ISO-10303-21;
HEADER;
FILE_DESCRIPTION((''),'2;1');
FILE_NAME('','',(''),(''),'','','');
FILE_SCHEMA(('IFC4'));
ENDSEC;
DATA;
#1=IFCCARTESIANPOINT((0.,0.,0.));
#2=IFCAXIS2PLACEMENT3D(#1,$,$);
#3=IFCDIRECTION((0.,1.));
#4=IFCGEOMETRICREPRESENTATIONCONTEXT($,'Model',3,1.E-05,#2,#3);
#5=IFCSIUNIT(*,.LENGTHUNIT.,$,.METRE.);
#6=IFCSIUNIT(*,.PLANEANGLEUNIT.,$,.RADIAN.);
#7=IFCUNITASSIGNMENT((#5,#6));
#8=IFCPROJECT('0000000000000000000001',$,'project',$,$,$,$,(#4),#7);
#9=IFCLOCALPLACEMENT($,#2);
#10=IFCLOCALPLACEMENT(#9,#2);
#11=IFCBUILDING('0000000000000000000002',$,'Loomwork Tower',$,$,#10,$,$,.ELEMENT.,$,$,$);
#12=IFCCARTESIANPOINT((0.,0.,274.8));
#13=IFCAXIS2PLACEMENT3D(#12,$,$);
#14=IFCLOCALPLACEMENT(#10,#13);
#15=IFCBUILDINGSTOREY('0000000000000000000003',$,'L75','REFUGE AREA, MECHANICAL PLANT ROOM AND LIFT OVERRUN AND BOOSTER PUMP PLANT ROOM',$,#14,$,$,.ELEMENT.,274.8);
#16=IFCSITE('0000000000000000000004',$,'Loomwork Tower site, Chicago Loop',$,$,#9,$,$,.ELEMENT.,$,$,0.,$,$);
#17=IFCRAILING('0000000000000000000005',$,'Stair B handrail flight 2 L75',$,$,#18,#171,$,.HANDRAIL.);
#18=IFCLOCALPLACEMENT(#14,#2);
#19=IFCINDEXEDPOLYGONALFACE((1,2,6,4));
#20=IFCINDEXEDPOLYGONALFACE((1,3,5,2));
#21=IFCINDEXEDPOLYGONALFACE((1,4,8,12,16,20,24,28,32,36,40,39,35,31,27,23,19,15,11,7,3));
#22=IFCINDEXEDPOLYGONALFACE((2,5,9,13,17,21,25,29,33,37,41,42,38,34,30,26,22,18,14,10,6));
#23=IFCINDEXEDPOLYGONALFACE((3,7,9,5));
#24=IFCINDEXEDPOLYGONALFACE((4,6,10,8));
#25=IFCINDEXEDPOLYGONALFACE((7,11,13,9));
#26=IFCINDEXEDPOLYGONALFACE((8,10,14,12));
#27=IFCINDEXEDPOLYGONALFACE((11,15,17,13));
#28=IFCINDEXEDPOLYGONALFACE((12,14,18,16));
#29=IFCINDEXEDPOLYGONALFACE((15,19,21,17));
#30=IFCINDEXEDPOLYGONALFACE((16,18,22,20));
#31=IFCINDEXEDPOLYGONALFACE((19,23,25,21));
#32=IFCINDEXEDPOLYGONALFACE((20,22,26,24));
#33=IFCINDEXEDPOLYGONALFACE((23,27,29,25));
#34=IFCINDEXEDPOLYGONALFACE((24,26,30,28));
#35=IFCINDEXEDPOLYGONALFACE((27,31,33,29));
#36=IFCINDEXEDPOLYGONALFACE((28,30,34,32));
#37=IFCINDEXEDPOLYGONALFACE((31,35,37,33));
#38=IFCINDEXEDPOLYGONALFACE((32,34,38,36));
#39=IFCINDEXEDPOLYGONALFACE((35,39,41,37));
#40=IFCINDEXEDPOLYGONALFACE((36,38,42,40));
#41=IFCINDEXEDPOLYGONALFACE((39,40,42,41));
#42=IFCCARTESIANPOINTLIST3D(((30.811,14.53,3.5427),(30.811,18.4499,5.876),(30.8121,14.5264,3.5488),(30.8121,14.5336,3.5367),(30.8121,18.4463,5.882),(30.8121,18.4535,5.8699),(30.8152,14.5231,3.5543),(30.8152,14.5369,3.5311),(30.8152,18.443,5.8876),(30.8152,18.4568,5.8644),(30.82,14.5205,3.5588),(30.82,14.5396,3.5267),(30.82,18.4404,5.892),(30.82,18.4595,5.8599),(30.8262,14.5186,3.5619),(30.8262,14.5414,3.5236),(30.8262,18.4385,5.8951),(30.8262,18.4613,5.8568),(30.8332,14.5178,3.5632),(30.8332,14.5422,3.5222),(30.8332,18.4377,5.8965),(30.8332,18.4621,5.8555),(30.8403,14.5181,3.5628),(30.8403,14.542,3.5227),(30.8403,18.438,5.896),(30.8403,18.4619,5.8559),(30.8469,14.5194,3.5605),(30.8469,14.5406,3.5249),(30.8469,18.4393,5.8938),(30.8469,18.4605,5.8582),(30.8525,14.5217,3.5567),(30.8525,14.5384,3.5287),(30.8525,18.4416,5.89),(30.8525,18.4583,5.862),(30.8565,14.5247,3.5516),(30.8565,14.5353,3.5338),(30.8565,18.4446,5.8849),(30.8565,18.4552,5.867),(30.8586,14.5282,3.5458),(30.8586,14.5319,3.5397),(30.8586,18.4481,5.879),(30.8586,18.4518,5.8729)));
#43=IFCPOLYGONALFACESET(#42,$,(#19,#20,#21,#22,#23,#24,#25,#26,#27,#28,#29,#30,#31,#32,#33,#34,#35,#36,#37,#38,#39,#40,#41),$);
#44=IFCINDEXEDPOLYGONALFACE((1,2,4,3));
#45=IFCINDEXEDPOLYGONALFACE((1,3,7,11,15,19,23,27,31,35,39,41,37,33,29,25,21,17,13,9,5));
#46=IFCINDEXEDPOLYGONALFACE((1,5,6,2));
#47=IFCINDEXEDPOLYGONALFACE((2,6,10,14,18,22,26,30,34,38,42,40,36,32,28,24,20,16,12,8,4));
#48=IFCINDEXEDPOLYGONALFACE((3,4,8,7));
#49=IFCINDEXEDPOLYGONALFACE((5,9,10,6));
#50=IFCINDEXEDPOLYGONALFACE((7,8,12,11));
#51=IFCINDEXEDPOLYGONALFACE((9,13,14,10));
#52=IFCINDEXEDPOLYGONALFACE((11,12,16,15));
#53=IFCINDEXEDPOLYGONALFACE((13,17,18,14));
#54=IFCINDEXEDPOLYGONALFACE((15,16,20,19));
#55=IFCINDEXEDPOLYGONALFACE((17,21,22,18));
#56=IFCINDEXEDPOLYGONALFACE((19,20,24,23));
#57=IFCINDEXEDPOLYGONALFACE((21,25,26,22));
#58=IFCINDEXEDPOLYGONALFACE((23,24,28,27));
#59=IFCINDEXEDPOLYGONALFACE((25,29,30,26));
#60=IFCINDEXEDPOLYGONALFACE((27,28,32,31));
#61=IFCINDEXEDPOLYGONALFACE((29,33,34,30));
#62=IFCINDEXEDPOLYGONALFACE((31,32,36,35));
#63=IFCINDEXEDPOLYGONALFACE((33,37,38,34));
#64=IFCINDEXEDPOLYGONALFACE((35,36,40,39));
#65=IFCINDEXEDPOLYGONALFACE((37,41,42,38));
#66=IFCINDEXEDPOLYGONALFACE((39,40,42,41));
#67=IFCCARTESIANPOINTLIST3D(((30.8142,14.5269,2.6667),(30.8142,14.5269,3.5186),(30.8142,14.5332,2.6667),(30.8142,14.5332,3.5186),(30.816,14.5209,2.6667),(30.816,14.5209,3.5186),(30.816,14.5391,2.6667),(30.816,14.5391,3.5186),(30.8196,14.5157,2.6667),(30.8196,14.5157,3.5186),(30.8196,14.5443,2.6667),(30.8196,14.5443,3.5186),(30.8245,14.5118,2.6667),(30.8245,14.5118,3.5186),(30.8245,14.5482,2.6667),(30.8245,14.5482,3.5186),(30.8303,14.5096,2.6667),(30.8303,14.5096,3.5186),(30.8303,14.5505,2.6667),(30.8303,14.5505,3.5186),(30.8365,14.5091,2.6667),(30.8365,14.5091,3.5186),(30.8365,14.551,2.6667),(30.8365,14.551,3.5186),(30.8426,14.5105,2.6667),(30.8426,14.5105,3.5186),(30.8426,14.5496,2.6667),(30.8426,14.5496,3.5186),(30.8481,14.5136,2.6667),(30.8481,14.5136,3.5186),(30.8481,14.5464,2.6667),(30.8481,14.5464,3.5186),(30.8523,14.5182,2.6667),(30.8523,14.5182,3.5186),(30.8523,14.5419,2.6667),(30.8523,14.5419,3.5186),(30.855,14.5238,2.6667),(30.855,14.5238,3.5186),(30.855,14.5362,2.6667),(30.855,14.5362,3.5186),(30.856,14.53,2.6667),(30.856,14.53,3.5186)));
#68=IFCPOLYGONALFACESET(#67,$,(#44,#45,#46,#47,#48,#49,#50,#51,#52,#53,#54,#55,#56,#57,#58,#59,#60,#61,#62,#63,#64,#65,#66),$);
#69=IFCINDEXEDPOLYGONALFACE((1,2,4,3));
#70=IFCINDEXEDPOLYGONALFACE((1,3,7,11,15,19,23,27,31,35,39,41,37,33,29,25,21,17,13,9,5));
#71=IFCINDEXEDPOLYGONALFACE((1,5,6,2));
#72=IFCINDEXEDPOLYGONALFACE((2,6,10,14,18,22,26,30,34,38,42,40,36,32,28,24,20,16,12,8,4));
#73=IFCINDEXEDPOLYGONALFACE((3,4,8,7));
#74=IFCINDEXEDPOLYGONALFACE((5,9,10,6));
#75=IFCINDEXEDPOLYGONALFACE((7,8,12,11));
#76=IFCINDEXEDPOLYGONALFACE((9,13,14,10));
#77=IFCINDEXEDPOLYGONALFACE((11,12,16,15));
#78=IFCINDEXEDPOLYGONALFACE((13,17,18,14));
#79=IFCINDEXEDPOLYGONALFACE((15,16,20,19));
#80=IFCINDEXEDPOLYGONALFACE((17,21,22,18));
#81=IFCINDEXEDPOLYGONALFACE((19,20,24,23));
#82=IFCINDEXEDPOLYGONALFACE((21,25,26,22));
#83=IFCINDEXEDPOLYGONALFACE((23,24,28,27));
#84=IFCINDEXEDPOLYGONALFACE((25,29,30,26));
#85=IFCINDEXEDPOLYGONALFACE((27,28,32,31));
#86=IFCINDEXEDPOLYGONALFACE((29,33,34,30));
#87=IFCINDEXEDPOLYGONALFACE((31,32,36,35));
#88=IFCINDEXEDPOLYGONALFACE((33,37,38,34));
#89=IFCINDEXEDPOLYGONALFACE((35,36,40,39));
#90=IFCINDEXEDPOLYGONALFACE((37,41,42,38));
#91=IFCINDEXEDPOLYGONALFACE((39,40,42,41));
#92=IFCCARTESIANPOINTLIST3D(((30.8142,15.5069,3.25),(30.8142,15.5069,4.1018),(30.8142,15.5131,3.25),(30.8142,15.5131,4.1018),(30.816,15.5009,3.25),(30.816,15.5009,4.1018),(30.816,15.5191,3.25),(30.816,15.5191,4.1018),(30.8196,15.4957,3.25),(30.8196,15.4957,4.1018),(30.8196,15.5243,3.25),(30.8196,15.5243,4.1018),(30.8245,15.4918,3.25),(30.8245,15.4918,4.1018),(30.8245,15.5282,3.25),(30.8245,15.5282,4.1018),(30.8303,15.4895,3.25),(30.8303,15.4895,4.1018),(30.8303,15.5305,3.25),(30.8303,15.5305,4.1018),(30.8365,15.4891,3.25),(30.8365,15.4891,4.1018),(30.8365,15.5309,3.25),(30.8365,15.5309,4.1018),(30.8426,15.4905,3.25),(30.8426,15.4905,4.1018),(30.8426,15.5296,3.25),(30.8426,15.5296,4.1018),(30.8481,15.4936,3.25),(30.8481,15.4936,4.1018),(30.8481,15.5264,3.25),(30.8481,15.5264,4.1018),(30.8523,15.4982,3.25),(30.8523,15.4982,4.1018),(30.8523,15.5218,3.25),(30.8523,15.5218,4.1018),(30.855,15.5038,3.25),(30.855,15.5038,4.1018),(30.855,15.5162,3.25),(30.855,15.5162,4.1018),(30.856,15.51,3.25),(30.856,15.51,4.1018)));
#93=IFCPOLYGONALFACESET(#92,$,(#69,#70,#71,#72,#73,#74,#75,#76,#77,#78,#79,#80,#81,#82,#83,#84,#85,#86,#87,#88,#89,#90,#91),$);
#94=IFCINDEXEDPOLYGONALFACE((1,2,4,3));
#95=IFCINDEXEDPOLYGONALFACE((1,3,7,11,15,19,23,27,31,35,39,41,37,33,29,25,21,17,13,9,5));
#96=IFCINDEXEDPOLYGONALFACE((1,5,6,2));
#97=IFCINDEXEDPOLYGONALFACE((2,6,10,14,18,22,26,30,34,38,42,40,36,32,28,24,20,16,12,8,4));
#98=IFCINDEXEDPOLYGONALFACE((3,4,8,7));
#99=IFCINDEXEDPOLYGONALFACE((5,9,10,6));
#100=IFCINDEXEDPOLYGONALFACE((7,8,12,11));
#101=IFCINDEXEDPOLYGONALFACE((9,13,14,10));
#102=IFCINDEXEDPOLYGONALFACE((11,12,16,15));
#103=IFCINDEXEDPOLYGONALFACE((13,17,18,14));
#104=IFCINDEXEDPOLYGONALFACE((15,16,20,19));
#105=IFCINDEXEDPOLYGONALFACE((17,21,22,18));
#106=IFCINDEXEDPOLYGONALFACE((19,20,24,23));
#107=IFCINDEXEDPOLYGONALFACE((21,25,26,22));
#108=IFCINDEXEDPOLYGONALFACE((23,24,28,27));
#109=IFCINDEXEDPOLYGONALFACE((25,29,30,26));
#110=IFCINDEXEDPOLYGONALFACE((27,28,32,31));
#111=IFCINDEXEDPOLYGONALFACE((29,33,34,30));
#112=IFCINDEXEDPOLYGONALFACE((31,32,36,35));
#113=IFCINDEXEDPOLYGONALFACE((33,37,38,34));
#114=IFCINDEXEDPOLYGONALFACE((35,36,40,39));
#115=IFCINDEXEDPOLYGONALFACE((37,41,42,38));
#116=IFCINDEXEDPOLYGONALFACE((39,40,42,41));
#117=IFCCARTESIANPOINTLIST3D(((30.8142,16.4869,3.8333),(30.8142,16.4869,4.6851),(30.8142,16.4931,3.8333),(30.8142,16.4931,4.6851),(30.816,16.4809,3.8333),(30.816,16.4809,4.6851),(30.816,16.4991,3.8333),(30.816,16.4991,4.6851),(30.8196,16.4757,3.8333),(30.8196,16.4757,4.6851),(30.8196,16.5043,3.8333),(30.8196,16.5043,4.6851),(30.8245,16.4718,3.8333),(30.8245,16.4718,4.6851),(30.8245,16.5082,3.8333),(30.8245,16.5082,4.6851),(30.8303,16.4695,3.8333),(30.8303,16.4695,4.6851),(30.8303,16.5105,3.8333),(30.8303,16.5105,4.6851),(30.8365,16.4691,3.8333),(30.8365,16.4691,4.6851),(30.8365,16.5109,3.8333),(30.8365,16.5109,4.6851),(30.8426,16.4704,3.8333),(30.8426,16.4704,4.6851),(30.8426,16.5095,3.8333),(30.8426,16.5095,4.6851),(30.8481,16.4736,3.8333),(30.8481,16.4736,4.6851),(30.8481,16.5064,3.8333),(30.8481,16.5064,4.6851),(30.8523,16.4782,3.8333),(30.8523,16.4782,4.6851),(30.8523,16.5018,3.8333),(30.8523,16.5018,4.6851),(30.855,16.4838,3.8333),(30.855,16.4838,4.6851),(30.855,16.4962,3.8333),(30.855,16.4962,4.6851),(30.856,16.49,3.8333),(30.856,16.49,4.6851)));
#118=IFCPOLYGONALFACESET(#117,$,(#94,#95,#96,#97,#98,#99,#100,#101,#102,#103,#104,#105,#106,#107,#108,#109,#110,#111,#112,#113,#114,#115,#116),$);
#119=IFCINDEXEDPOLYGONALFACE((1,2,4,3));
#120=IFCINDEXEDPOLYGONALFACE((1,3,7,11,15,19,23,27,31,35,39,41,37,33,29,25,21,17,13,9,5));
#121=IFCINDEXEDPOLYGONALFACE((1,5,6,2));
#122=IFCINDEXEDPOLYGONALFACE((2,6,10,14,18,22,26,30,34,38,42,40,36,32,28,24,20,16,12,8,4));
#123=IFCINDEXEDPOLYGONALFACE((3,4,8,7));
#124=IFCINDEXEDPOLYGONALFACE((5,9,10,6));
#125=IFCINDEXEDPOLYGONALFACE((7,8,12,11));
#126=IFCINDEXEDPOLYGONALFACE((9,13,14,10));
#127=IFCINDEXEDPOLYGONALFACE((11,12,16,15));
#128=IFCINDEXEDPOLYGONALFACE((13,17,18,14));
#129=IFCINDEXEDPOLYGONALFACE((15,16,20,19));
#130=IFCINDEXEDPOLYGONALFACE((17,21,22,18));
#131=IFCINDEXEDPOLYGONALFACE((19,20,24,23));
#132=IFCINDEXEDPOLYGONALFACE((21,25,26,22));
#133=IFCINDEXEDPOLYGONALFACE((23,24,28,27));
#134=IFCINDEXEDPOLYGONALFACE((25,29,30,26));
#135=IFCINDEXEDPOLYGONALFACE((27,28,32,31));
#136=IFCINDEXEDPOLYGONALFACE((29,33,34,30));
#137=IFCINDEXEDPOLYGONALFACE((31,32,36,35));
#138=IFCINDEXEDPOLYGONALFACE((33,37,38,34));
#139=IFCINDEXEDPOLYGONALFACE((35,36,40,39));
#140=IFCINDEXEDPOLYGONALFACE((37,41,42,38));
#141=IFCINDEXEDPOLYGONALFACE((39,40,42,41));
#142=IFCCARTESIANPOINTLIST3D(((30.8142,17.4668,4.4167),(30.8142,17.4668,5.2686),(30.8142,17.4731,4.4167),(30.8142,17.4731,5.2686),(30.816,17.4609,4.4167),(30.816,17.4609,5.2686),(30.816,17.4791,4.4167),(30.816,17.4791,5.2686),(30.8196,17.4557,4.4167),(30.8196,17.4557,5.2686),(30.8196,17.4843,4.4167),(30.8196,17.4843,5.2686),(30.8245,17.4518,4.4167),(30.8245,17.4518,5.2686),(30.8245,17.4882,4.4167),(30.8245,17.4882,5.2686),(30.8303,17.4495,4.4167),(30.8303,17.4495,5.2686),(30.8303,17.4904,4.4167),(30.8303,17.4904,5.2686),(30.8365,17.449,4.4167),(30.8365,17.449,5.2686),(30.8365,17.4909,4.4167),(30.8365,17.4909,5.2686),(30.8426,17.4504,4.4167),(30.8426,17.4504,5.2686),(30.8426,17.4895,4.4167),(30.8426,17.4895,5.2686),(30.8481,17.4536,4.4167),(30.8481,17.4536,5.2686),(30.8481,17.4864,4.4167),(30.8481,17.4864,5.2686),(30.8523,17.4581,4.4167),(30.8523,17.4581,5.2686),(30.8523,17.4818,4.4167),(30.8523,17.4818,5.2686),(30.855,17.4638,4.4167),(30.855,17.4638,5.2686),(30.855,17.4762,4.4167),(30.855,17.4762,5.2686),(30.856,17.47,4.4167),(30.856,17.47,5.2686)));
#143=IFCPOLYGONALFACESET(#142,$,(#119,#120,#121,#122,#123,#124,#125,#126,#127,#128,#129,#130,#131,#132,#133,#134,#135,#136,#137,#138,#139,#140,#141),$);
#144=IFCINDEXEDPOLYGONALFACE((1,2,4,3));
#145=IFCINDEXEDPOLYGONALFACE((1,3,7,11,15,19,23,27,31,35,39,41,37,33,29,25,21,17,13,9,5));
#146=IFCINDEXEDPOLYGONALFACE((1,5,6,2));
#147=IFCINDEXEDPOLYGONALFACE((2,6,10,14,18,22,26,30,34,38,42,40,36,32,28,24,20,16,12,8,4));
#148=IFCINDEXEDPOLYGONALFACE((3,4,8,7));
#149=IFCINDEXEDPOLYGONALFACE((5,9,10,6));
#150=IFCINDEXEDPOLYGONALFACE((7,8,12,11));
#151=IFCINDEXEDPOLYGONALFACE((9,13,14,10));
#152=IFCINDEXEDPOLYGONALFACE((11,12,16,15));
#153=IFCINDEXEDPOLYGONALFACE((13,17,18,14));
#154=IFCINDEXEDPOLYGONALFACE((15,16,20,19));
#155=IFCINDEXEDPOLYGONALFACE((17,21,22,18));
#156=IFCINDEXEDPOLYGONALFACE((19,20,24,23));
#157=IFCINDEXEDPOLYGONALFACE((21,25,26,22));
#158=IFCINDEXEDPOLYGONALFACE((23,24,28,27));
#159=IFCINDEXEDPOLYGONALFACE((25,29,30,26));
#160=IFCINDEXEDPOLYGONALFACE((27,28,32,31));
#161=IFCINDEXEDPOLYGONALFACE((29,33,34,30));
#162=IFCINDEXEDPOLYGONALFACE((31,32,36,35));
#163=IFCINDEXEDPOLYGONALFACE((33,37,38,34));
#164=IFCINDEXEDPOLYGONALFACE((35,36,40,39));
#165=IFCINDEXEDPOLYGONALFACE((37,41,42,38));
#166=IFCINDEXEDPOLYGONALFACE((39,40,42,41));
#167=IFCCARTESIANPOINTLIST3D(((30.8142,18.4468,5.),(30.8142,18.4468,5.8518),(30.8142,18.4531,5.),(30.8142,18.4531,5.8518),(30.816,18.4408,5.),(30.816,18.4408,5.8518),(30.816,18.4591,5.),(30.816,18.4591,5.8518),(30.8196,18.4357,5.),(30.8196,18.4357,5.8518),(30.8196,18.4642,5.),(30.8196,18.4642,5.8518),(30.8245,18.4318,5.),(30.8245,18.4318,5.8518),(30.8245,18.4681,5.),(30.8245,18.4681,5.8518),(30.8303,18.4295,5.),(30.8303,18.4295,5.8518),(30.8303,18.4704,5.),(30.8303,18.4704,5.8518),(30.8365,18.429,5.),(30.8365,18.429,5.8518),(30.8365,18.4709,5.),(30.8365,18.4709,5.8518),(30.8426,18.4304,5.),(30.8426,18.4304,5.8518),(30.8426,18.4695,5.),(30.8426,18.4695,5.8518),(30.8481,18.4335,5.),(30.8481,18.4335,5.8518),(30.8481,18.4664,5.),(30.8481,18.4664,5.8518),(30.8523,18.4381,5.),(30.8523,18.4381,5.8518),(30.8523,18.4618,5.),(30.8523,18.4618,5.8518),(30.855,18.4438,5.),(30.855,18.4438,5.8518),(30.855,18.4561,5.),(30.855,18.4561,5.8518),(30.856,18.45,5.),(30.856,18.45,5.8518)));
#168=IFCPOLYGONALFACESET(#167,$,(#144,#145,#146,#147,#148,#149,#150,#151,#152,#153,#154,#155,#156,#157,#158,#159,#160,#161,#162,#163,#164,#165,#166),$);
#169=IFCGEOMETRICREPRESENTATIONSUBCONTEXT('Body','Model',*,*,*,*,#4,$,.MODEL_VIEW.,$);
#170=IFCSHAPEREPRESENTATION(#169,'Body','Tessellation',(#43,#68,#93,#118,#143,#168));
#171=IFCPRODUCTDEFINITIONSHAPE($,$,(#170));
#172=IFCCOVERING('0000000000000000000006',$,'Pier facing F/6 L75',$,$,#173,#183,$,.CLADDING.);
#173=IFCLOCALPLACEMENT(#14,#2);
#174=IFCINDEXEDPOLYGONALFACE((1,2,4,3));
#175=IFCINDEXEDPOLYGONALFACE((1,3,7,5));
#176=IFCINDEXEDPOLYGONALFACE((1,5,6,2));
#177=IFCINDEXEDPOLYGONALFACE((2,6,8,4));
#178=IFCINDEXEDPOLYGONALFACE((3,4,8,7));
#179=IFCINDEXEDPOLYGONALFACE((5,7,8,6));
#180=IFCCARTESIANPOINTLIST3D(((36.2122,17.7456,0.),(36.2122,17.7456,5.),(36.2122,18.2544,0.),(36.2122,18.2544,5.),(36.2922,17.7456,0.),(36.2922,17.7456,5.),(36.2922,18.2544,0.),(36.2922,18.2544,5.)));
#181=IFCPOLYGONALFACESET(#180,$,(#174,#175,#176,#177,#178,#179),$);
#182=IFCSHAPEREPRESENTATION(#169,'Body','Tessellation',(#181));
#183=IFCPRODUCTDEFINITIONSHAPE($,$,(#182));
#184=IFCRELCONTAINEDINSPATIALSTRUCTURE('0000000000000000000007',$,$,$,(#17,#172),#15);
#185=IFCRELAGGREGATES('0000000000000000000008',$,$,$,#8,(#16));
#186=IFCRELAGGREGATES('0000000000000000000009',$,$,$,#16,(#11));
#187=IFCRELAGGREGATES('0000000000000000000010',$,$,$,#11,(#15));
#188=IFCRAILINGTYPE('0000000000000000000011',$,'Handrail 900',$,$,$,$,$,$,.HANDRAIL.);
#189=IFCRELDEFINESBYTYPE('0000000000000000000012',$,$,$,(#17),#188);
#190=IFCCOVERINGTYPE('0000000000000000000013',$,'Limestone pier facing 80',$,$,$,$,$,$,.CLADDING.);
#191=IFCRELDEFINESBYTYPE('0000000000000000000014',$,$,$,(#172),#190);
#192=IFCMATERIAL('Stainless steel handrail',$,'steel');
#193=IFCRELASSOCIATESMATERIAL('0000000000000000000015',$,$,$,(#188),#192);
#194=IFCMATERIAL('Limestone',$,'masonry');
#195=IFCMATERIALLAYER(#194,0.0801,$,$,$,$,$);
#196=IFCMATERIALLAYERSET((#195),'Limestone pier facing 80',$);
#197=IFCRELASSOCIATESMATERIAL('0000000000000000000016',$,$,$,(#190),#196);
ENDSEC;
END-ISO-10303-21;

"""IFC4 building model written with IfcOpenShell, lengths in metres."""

from ifc_helpers import new_model, si_unit, direction, frame, origin, origin_2d, place, context, subcontext, project, spatial, rectangle, circle, extrude, material, layer, layer_set, type_object, element, save


model = new_model("IFC4")

# Units and contexts
model_context = context("Model", 3, precision=1e-05, world=origin(), true_north=direction((0.0, 1.0)))
body_context = subcontext(model_context, "Body", "Model", "MODEL_VIEW")
ifc_project = project(units=[si_unit("LENGTHUNIT", "METRE"), si_unit("PLANEANGLEUNIT", "RADIAN")], contexts=[model_context])

# Site, building, storey
site_placement = place(None, origin())
site = spatial("IfcSite", under=ifc_project, at=site_placement, Name="Loomwork Tower site, Chicago Loop", CompositionType="ELEMENT", RefElevation=0.0)
building_placement = place(site_placement, origin())
building = spatial("IfcBuilding", under=site, at=building_placement, Name="Loomwork Tower", CompositionType="ELEMENT")
storey_placement = place(building_placement, frame((0.0, 0.0, 274.8)))
storey = spatial("IfcBuildingStorey", under=building, at=storey_placement, Name="L75", Description="REFUGE AREA, MECHANICAL PLANT ROOM AND LIFT OVERRUN AND BOOSTER PUMP PLANT ROOM", CompositionType="ELEMENT", Elevation=274.8)

# Railing
ifc_material_1 = material(Name="Stainless steel handrail", Category="steel")
railing_type = type_object("IfcRailingType", Name="Handrail 900", PredefinedType="HANDRAIL", material=ifc_material_1)
railing_placement = place(storey_placement, frame((30.835, 14.53, 2.6667)))
element("IfcRailing", 1, at=railing_placement, inside=storey, type_object=railing_type, Name="Stair B handrail flight 2 L75", PredefinedType="HANDRAIL", context=body_context, shape_type="SweptSolid", body=[
    extrude(circle(Radius=0.0239, at=origin_2d()), frame((0.0, 0.0, 0.876), z_axis=(0.0, 0.859296, 0.511478), x_axis=(-1.0, 0.0, 0.0)), (0.0, 0.0, 1.0), 4.5618),
    extrude(circle(Radius=0.021, at=origin_2d()), origin(), (0.0, 0.0, 1.0), 0.8518),
    extrude(circle(Radius=0.021, at=origin_2d()), frame((0.0, 0.98, 0.5833)), (0.0, 0.0, 1.0), 0.8518),
    extrude(circle(Radius=0.021, at=origin_2d()), frame((0.0, 1.96, 1.1665)), (0.0, 0.0, 1.0), 0.8518),
    extrude(circle(Radius=0.021, at=origin_2d()), frame((0.0, 2.9399, 1.75)), (0.0, 0.0, 1.0), 0.8518),
    extrude(circle(Radius=0.021, at=origin_2d()), frame((0.0, 3.9199, 2.3333)), (0.0, 0.0, 1.0), 0.8518),
])

# Covering
ifc_material_2 = material(Name="Limestone", Category="masonry")
ifc_layer_1 = layer(ifc_material_2, 0.0801)
ifc_layer_set_1 = layer_set([ifc_layer_1], Name="Limestone pier facing 80")
covering_type = type_object("IfcCoveringType", Name="Limestone pier facing 80", PredefinedType="CLADDING", material=ifc_layer_set_1)
covering_placement = place(storey_placement, frame((36.2522, 18.0, 0.0), z_axis=(0.0, 0.0, 1.0), x_axis=(1.0, 0.0, 0.0)))
element("IfcCovering", 2, at=covering_placement, inside=storey, type_object=covering_type, Name="Pier facing F/6 L75", PredefinedType="CLADDING", context=body_context, shape_type="SweptSolid", body=[
    extrude(rectangle(XDim=0.0801, YDim=0.5088, at=origin_2d()), origin(), (0.0, 0.0, 1.0), 5.0),
])

save(model, "model.ifc")
